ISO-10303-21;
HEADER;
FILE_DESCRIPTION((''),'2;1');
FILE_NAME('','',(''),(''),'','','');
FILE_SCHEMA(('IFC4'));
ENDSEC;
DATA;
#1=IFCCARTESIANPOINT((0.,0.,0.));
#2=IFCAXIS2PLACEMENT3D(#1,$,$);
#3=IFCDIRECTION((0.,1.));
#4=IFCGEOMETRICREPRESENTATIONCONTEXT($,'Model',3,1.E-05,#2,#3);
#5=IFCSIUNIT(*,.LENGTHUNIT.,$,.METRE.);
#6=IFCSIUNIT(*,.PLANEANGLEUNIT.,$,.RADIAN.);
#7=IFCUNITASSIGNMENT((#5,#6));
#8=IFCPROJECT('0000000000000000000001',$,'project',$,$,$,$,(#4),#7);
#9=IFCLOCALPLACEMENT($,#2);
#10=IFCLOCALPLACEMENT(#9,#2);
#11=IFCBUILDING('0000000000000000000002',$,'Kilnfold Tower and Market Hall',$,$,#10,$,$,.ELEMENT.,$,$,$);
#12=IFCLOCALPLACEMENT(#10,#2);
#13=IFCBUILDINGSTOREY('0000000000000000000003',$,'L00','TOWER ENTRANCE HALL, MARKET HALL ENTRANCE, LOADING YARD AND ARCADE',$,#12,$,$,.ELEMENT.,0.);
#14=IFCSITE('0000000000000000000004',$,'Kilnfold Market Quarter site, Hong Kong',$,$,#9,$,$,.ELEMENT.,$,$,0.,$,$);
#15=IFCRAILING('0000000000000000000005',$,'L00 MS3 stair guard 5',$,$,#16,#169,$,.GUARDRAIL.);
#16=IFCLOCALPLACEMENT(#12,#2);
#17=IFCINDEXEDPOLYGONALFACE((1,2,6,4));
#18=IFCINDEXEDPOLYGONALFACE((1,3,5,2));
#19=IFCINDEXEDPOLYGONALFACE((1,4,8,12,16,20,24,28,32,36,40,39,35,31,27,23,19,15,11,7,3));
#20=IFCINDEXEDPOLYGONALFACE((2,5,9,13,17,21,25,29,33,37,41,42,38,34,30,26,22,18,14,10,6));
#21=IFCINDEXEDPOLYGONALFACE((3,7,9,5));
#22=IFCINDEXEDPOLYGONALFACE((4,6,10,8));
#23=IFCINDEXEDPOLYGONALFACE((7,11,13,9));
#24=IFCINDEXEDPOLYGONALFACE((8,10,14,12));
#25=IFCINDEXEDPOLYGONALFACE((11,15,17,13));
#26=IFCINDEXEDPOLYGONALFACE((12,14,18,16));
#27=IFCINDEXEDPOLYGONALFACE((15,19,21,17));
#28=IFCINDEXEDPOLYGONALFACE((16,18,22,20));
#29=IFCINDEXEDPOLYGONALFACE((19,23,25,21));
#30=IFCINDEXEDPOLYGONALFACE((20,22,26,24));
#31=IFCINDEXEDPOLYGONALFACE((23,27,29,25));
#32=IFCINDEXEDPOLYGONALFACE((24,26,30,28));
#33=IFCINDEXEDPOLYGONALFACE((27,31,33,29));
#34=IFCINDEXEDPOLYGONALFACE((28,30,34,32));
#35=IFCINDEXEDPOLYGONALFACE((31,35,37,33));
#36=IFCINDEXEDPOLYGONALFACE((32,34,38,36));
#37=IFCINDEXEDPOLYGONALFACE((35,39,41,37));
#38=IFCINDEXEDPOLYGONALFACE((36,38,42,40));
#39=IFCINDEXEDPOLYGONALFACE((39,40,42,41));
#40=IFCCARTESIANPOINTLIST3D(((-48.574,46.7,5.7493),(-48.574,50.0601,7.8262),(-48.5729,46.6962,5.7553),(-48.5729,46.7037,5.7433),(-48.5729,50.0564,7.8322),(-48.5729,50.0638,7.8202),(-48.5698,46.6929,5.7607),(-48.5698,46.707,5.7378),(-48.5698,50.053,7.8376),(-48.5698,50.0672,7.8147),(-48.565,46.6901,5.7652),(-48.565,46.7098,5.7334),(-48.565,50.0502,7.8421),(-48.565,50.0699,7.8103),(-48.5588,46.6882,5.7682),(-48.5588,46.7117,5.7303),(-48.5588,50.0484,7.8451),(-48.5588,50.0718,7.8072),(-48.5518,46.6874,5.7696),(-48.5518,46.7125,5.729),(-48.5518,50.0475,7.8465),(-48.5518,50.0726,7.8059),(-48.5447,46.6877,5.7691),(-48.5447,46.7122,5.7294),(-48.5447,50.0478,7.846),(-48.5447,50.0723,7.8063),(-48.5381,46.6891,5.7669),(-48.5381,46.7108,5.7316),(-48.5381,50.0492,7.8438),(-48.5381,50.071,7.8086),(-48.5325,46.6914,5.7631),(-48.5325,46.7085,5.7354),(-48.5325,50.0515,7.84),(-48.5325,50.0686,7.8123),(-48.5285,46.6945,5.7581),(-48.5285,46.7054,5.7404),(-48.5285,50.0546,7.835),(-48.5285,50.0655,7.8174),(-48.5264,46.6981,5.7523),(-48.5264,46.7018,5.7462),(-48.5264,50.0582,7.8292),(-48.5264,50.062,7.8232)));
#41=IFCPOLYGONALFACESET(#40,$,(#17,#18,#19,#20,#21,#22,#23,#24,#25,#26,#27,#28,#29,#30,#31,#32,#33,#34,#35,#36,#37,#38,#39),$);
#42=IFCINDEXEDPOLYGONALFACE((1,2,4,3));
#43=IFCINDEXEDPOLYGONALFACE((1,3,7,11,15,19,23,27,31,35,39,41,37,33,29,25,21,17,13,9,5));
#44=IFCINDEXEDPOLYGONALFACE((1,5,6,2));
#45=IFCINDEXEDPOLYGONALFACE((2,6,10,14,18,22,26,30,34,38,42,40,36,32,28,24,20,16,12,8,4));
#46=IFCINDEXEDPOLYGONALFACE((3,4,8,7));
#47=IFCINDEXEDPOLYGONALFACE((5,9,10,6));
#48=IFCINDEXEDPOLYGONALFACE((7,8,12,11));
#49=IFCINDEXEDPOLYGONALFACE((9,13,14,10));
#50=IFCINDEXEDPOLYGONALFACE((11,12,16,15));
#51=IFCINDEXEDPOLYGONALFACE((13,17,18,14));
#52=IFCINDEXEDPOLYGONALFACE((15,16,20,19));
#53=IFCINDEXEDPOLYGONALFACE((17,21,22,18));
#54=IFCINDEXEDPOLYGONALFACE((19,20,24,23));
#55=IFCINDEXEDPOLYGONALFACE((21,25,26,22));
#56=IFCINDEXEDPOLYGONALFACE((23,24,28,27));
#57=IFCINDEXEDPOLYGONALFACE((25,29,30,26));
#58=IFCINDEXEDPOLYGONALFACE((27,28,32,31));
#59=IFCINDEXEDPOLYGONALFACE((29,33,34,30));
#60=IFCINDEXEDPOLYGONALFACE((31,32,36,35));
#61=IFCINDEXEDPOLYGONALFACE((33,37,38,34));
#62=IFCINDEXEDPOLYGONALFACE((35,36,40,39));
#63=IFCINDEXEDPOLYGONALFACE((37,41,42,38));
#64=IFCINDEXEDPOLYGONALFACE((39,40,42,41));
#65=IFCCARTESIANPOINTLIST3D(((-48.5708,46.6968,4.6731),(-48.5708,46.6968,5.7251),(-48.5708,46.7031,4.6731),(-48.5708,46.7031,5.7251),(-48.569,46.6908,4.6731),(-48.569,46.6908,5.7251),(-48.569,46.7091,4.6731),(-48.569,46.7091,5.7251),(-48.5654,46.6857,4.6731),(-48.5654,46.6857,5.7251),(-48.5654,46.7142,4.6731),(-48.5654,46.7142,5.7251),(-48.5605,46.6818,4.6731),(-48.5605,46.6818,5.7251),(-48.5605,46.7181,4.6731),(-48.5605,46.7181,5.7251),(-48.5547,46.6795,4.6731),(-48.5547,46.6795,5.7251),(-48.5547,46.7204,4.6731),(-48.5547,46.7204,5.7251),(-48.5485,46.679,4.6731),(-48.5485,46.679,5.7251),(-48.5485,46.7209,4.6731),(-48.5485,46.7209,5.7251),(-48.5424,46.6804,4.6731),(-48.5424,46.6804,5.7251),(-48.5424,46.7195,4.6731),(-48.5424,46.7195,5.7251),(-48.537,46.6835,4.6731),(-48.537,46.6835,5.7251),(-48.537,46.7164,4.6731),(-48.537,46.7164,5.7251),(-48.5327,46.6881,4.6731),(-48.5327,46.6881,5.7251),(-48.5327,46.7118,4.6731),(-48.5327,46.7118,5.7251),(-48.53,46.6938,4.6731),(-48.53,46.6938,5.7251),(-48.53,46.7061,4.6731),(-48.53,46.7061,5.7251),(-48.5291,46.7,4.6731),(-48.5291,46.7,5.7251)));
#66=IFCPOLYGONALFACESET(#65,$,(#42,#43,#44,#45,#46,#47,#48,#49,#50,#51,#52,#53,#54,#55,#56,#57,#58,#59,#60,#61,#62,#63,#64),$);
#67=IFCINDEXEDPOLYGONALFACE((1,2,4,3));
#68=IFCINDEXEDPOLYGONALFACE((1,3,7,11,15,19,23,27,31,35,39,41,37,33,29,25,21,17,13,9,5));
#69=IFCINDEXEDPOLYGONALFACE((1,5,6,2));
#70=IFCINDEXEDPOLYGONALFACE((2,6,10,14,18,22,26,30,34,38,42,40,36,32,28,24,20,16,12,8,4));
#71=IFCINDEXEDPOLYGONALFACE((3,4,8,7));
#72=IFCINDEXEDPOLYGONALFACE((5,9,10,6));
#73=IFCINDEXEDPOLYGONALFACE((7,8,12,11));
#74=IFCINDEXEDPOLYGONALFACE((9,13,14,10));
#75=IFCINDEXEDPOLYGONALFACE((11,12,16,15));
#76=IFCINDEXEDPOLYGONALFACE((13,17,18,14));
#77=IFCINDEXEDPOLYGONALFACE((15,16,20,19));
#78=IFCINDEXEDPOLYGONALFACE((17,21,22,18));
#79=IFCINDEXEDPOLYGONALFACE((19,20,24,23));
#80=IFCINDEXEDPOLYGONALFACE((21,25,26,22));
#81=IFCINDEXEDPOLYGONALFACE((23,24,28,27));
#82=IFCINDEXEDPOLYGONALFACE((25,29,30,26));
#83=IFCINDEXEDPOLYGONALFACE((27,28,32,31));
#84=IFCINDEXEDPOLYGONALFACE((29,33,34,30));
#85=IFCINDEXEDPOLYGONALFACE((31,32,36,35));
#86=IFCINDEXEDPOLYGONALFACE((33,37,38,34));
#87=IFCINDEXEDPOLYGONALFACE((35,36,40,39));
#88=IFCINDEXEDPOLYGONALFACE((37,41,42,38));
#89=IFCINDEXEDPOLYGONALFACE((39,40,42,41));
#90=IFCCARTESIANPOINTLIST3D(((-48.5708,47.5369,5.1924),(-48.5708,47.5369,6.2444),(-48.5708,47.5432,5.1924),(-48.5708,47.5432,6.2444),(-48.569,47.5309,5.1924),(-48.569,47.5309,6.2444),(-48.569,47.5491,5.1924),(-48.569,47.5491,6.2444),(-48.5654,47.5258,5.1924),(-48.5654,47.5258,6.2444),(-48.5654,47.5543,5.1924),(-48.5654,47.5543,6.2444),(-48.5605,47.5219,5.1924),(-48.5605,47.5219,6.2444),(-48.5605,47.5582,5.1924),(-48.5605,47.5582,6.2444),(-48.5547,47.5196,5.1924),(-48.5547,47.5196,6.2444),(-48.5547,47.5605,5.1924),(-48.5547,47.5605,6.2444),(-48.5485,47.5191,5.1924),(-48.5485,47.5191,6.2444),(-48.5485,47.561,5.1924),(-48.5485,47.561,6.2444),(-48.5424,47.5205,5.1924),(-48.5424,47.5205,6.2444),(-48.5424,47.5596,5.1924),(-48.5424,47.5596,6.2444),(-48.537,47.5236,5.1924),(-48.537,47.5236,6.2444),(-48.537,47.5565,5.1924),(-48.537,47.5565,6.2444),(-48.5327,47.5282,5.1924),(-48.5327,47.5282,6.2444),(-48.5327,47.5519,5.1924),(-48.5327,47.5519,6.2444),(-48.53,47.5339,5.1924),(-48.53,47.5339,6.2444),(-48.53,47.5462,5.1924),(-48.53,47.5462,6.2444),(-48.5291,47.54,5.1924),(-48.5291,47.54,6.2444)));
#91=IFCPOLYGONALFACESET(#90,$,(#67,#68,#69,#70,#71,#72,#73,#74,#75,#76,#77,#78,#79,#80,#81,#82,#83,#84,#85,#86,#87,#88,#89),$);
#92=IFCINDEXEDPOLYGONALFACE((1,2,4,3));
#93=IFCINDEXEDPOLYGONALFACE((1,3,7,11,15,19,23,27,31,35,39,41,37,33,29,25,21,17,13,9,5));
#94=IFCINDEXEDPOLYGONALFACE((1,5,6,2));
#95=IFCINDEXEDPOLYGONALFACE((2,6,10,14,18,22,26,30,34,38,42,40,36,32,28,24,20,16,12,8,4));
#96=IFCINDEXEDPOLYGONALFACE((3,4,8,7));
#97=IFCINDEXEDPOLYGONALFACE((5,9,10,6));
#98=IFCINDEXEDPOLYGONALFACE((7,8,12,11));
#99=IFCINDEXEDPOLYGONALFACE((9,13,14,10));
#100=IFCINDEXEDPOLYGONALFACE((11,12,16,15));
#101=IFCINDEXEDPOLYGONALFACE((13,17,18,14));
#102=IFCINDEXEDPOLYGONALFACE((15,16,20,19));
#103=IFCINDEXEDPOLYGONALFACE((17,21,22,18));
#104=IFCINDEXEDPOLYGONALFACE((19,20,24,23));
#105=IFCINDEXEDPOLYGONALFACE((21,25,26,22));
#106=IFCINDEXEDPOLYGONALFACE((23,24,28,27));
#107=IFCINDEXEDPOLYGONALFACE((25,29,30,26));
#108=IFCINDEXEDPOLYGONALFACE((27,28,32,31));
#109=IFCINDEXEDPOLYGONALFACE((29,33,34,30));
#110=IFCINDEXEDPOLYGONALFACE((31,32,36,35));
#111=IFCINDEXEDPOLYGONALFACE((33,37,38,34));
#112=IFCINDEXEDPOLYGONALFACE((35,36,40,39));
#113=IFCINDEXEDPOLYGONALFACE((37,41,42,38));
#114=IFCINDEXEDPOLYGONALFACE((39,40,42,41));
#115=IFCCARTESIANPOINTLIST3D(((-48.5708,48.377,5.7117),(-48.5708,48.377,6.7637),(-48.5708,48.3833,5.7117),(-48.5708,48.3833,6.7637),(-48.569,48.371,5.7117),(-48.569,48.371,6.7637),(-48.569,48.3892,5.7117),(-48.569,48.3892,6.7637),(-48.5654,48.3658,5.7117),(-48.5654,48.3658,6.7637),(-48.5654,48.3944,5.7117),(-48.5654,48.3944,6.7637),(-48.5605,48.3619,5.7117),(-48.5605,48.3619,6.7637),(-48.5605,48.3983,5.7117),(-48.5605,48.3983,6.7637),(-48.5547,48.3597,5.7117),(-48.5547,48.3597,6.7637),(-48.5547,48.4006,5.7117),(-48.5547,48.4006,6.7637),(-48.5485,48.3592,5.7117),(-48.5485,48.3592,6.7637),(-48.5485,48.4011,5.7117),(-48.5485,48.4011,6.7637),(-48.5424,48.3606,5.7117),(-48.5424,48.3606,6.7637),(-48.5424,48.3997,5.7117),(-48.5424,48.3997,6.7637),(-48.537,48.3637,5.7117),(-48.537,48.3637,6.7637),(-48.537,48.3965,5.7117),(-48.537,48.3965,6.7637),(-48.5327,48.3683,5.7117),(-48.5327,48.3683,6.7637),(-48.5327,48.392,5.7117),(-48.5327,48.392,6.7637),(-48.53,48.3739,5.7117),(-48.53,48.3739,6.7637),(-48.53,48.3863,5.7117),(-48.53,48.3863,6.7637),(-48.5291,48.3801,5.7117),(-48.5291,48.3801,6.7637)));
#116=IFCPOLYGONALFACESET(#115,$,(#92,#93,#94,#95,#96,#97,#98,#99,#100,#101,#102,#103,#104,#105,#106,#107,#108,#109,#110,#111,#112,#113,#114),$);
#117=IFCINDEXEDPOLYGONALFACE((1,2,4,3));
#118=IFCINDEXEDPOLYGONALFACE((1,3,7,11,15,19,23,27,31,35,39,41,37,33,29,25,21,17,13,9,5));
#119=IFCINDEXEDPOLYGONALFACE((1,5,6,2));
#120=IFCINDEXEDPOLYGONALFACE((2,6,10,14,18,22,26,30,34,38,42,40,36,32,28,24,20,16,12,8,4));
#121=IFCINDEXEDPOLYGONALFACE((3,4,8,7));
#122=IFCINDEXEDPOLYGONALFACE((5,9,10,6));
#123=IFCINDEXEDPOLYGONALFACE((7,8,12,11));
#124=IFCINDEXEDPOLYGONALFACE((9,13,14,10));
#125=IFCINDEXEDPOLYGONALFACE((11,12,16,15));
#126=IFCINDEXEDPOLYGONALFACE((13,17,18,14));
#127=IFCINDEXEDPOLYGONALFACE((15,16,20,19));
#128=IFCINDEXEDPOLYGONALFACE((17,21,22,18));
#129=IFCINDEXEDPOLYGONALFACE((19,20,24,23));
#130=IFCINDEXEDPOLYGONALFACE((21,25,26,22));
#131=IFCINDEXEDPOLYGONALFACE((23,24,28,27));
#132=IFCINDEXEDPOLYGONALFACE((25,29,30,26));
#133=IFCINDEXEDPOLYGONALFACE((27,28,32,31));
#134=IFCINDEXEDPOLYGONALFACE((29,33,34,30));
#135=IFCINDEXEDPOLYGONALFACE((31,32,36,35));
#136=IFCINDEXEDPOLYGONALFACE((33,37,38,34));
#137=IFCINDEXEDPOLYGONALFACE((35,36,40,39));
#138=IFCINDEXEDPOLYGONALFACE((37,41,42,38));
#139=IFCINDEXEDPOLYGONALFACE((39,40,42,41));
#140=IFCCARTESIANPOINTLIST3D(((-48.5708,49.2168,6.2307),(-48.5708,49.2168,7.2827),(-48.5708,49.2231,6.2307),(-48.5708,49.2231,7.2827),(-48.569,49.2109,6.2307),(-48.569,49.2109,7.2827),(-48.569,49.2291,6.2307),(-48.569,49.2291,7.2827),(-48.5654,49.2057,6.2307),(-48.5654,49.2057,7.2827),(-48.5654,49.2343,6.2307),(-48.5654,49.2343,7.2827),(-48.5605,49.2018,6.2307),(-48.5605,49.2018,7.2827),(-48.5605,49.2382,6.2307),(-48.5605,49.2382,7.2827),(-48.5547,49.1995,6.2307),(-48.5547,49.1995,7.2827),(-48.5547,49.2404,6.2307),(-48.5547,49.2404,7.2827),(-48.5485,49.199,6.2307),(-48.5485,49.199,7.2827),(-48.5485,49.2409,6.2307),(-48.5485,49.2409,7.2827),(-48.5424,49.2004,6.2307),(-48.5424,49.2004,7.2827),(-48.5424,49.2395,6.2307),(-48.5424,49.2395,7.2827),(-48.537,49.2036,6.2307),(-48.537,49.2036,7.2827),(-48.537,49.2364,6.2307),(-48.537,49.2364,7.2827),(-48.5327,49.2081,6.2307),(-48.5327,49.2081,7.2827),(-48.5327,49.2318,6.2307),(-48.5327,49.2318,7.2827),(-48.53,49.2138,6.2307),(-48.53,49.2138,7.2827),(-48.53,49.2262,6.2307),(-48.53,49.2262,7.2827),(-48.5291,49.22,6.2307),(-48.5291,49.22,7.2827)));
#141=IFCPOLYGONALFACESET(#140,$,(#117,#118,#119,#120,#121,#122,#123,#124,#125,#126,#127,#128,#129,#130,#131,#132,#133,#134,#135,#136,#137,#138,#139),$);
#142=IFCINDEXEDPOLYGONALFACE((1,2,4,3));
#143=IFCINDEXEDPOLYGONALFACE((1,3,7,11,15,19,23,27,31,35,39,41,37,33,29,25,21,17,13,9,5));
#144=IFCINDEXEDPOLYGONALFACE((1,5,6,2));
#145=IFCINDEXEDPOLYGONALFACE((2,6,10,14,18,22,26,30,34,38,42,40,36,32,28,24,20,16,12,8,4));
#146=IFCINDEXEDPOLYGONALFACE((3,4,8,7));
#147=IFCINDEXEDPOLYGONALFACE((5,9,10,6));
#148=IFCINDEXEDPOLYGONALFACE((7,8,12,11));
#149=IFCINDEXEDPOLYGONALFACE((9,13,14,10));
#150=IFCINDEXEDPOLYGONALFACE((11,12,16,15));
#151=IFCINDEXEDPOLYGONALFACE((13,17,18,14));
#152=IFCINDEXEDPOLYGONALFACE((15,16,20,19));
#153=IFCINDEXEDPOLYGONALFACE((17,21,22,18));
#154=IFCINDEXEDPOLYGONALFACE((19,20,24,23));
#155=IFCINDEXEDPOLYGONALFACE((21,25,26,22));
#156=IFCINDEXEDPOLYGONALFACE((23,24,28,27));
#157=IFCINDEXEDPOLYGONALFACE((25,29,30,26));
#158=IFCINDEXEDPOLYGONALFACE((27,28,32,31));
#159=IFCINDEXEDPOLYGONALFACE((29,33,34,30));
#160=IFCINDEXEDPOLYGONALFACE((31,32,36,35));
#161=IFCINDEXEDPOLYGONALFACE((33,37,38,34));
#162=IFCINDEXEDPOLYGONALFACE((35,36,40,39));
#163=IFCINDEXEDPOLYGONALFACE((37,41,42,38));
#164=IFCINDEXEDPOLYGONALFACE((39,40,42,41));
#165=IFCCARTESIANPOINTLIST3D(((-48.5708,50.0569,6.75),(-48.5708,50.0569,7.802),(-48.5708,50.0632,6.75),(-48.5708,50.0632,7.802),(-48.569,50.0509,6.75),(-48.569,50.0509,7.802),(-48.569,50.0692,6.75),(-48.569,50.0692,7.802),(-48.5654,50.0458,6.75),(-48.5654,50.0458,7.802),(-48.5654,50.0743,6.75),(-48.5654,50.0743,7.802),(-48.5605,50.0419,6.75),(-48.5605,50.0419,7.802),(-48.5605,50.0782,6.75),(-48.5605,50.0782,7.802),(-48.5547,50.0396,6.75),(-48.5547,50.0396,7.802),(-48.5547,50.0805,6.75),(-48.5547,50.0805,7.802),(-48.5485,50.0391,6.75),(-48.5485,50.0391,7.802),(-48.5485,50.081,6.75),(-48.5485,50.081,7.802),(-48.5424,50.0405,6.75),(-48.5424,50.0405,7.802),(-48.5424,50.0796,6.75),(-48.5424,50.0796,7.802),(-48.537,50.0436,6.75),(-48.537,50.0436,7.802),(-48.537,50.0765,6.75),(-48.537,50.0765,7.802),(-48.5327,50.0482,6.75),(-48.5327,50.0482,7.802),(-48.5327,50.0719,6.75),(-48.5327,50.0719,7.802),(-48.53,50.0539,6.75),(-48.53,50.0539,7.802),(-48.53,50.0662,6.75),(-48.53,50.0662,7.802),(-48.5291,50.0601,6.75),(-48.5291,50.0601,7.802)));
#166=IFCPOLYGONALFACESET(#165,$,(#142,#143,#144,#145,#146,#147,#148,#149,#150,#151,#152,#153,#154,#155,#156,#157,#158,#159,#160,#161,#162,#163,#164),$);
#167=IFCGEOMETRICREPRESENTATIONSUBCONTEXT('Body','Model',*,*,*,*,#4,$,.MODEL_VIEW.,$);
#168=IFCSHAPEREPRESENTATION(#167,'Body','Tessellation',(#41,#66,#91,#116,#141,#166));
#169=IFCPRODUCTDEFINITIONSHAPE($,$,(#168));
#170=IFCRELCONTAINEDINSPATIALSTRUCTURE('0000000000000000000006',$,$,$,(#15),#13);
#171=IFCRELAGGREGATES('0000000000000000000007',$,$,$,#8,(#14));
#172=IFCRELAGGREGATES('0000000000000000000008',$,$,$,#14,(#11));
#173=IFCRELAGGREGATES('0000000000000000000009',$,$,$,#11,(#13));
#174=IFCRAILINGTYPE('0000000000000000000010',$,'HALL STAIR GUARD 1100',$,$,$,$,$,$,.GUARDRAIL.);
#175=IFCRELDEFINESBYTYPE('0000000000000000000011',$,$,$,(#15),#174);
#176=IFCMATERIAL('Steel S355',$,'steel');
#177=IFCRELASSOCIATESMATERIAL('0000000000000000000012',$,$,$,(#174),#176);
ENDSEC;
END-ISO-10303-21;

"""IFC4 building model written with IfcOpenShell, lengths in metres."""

from ifc_helpers import new_model, si_unit, direction, frame, origin, origin_2d, place, context, subcontext, project, spatial, circle, extrude, material, type_object, element, save


model = new_model("IFC4")

# Units and contexts
model_context = context("Model", 3, precision=1e-05, world=origin(), true_north=direction((0.0, 1.0)))
body_context = subcontext(model_context, "Body", "Model", "MODEL_VIEW")
ifc_project = project(units=[si_unit("LENGTHUNIT", "METRE"), si_unit("PLANEANGLEUNIT", "RADIAN")], contexts=[model_context])

# Site, building, storey
site_placement = place(None, origin())
site = spatial("IfcSite", under=ifc_project, at=site_placement, Name="Kilnfold Market Quarter site, Hong Kong", CompositionType="ELEMENT", RefElevation=0.0)
building_placement = place(site_placement, origin())
building = spatial("IfcBuilding", under=site, at=building_placement, Name="Kilnfold Tower and Market Hall", CompositionType="ELEMENT")
storey_placement = place(building_placement, origin())
storey = spatial("IfcBuildingStorey", under=building, at=storey_placement, Name="L00", Description="TOWER ENTRANCE HALL, MARKET HALL ENTRANCE, LOADING YARD AND ARCADE", CompositionType="ELEMENT", Elevation=0.0)

# Railing
ifc_material_1 = material(Name="Steel S355", Category="steel")
railing_type_1 = type_object("IfcRailingType", Name="HALL STAIR GUARD 1100", PredefinedType="GUARDRAIL", material=ifc_material_1)
railing_1_placement = place(storey_placement, frame((-48.55, 46.7, 4.6731)))
element("IfcRailing", 1, at=railing_1_placement, inside=storey, type_object=railing_type_1, Name="L00 MS3 stair guard 5", PredefinedType="GUARDRAIL", context=body_context, shape_type="SweptSolid", body=[
    extrude(circle(Radius=0.0239, at=origin_2d()), frame((0.0, 0.0, 1.0762), z_axis=(0.0, 0.850623, 0.525776), x_axis=(-1.0, 0.0, 0.0)), (0.0, 0.0, 1.0), 3.9502),
    extrude(circle(Radius=0.021, at=origin_2d()), origin(), (0.0, 0.0, 1.0), 1.052),
    extrude(circle(Radius=0.021, at=origin_2d()), frame((0.0, 0.8401, 0.5193)), (0.0, 0.0, 1.0), 1.052),
    extrude(circle(Radius=0.021, at=origin_2d()), frame((0.0, 1.6802, 1.0386)), (0.0, 0.0, 1.0), 1.052),
    extrude(circle(Radius=0.021, at=origin_2d()), frame((0.0, 2.52, 1.5576)), (0.0, 0.0, 1.0), 1.052),
    extrude(circle(Radius=0.021, at=origin_2d()), frame((0.0, 3.3601, 2.0769)), (0.0, 0.0, 1.0), 1.052),
])

save(model, "model.ifc")
